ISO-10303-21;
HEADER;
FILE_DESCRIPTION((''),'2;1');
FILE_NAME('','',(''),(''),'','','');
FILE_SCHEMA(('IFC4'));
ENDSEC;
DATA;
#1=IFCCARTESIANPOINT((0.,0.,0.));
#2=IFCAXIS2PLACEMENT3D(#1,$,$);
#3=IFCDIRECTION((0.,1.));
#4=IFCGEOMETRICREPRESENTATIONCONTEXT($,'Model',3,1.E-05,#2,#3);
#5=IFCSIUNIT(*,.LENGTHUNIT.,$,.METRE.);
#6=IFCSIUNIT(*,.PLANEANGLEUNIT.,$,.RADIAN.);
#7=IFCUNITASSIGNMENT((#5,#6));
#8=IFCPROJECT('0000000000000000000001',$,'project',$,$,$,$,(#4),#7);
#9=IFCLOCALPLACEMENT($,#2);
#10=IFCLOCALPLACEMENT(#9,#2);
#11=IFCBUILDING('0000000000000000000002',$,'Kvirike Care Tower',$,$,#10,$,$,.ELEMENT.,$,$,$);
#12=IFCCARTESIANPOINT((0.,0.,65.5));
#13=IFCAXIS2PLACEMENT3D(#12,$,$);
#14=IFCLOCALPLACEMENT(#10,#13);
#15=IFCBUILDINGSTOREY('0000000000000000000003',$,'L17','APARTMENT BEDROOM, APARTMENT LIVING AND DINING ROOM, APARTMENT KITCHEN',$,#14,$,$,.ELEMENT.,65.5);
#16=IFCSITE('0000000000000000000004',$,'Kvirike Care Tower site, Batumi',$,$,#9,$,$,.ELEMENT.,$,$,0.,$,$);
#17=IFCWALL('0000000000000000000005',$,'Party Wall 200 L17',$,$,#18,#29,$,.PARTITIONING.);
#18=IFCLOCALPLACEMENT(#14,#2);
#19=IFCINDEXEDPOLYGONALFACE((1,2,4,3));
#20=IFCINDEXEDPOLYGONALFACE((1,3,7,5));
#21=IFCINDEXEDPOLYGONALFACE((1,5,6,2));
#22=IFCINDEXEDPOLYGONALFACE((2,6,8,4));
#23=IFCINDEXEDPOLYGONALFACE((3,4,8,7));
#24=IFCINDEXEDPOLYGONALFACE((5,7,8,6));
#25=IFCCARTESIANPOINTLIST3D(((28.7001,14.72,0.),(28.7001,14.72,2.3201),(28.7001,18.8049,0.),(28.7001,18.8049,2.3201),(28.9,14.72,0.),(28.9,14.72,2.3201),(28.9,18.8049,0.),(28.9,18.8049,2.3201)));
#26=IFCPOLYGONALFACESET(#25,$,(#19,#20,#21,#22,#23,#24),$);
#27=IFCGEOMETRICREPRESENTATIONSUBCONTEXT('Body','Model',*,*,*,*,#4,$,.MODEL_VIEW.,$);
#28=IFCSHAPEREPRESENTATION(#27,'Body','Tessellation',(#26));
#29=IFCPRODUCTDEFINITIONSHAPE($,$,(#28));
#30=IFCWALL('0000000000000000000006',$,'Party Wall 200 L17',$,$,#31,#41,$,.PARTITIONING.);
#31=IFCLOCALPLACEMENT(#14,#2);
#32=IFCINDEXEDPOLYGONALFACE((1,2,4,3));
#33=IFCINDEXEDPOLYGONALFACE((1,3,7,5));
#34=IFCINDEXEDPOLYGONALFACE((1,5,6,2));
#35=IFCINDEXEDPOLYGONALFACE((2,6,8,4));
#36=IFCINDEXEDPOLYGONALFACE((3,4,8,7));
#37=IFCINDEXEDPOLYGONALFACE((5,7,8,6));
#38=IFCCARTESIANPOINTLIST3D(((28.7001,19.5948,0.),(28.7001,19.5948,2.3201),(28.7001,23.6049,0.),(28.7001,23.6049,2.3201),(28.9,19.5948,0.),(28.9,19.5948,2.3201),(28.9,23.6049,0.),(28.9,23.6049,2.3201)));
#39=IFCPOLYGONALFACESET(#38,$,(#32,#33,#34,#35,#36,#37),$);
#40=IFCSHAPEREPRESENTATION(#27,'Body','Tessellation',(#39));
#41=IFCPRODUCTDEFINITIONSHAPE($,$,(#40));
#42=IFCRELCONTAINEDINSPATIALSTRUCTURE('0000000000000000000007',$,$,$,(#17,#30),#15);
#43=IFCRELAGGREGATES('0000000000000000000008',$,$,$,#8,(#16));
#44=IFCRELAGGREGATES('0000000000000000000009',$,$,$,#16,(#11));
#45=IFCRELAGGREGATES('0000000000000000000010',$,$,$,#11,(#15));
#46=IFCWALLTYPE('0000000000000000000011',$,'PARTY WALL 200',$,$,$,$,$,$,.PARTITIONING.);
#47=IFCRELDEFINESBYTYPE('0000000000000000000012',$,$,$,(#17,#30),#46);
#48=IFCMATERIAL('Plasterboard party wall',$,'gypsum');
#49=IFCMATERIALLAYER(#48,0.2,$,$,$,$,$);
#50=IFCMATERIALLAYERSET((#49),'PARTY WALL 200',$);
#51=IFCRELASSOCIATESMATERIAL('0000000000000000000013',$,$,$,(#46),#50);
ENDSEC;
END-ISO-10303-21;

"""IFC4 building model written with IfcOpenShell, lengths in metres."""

from ifc_helpers import new_model, si_unit, direction, frame, frame_2d, origin, place, context, subcontext, project, spatial, rectangle, extrude, material, layer, layer_set, type_object, element, save


model = new_model("IFC4")

# Units and contexts
model_context = context("Model", 3, precision=1e-05, world=origin(), true_north=direction((0.0, 1.0)))
body_context = subcontext(model_context, "Body", "Model", "MODEL_VIEW")
ifc_project = project(units=[si_unit("LENGTHUNIT", "METRE"), si_unit("PLANEANGLEUNIT", "RADIAN")], contexts=[model_context])

# Site, building, storey
site_placement = place(None, origin())
site = spatial("IfcSite", under=ifc_project, at=site_placement, Name="Kvirike Care Tower site, Batumi", CompositionType="ELEMENT", RefElevation=0.0)
building_placement = place(site_placement, origin())
building = spatial("IfcBuilding", under=site, at=building_placement, Name="Kvirike Care Tower", CompositionType="ELEMENT")
storey_placement = place(building_placement, frame((0.0, 0.0, 65.5)))
storey = spatial("IfcBuildingStorey", under=building, at=storey_placement, Name="L17", Description="APARTMENT BEDROOM, APARTMENT LIVING AND DINING ROOM, APARTMENT KITCHEN", CompositionType="ELEMENT", Elevation=65.5)

# Walls
ifc_material_1 = material(Name="Plasterboard party wall", Category="gypsum")
ifc_layer_1 = layer(ifc_material_1, 0.2)
ifc_layer_set_1 = layer_set([ifc_layer_1], Name="PARTY WALL 200")
wall_type_1 = type_object("IfcWallType", Name="PARTY WALL 200", PredefinedType="PARTITIONING", material=ifc_layer_set_1)
wall_1_placement = place(storey_placement, frame((28.8, 14.72, 0.0), z_axis=(0.0, 0.0, 1.0), x_axis=(0.0, 1.0, 0.0)))
element("IfcWall", 1, at=wall_1_placement, inside=storey, type_object=wall_type_1, Name="Party Wall 200 L17", PredefinedType="PARTITIONING", context=body_context, shape_type="SweptSolid", body=[
    extrude(rectangle(XDim=4.085, YDim=0.2, at=frame_2d((2.0425, 0.0))), origin(), (0.0, 0.0, 1.0), 2.3201),
])
wall_2_placement = place(storey_placement, frame((28.8, 19.595, 0.0), z_axis=(0.0, 0.0, 1.0), x_axis=(0.0, 1.0, 0.0)))
element("IfcWall", 2, at=wall_2_placement, inside=storey, type_object=wall_type_1, Name="Party Wall 200 L17", PredefinedType="PARTITIONING", context=body_context, shape_type="SweptSolid", body=[
    extrude(rectangle(XDim=4.01, YDim=0.2, at=frame_2d((2.0049, 0.0))), origin(), (0.0, 0.0, 1.0), 2.3201),
])

save(model, "model.ifc")
